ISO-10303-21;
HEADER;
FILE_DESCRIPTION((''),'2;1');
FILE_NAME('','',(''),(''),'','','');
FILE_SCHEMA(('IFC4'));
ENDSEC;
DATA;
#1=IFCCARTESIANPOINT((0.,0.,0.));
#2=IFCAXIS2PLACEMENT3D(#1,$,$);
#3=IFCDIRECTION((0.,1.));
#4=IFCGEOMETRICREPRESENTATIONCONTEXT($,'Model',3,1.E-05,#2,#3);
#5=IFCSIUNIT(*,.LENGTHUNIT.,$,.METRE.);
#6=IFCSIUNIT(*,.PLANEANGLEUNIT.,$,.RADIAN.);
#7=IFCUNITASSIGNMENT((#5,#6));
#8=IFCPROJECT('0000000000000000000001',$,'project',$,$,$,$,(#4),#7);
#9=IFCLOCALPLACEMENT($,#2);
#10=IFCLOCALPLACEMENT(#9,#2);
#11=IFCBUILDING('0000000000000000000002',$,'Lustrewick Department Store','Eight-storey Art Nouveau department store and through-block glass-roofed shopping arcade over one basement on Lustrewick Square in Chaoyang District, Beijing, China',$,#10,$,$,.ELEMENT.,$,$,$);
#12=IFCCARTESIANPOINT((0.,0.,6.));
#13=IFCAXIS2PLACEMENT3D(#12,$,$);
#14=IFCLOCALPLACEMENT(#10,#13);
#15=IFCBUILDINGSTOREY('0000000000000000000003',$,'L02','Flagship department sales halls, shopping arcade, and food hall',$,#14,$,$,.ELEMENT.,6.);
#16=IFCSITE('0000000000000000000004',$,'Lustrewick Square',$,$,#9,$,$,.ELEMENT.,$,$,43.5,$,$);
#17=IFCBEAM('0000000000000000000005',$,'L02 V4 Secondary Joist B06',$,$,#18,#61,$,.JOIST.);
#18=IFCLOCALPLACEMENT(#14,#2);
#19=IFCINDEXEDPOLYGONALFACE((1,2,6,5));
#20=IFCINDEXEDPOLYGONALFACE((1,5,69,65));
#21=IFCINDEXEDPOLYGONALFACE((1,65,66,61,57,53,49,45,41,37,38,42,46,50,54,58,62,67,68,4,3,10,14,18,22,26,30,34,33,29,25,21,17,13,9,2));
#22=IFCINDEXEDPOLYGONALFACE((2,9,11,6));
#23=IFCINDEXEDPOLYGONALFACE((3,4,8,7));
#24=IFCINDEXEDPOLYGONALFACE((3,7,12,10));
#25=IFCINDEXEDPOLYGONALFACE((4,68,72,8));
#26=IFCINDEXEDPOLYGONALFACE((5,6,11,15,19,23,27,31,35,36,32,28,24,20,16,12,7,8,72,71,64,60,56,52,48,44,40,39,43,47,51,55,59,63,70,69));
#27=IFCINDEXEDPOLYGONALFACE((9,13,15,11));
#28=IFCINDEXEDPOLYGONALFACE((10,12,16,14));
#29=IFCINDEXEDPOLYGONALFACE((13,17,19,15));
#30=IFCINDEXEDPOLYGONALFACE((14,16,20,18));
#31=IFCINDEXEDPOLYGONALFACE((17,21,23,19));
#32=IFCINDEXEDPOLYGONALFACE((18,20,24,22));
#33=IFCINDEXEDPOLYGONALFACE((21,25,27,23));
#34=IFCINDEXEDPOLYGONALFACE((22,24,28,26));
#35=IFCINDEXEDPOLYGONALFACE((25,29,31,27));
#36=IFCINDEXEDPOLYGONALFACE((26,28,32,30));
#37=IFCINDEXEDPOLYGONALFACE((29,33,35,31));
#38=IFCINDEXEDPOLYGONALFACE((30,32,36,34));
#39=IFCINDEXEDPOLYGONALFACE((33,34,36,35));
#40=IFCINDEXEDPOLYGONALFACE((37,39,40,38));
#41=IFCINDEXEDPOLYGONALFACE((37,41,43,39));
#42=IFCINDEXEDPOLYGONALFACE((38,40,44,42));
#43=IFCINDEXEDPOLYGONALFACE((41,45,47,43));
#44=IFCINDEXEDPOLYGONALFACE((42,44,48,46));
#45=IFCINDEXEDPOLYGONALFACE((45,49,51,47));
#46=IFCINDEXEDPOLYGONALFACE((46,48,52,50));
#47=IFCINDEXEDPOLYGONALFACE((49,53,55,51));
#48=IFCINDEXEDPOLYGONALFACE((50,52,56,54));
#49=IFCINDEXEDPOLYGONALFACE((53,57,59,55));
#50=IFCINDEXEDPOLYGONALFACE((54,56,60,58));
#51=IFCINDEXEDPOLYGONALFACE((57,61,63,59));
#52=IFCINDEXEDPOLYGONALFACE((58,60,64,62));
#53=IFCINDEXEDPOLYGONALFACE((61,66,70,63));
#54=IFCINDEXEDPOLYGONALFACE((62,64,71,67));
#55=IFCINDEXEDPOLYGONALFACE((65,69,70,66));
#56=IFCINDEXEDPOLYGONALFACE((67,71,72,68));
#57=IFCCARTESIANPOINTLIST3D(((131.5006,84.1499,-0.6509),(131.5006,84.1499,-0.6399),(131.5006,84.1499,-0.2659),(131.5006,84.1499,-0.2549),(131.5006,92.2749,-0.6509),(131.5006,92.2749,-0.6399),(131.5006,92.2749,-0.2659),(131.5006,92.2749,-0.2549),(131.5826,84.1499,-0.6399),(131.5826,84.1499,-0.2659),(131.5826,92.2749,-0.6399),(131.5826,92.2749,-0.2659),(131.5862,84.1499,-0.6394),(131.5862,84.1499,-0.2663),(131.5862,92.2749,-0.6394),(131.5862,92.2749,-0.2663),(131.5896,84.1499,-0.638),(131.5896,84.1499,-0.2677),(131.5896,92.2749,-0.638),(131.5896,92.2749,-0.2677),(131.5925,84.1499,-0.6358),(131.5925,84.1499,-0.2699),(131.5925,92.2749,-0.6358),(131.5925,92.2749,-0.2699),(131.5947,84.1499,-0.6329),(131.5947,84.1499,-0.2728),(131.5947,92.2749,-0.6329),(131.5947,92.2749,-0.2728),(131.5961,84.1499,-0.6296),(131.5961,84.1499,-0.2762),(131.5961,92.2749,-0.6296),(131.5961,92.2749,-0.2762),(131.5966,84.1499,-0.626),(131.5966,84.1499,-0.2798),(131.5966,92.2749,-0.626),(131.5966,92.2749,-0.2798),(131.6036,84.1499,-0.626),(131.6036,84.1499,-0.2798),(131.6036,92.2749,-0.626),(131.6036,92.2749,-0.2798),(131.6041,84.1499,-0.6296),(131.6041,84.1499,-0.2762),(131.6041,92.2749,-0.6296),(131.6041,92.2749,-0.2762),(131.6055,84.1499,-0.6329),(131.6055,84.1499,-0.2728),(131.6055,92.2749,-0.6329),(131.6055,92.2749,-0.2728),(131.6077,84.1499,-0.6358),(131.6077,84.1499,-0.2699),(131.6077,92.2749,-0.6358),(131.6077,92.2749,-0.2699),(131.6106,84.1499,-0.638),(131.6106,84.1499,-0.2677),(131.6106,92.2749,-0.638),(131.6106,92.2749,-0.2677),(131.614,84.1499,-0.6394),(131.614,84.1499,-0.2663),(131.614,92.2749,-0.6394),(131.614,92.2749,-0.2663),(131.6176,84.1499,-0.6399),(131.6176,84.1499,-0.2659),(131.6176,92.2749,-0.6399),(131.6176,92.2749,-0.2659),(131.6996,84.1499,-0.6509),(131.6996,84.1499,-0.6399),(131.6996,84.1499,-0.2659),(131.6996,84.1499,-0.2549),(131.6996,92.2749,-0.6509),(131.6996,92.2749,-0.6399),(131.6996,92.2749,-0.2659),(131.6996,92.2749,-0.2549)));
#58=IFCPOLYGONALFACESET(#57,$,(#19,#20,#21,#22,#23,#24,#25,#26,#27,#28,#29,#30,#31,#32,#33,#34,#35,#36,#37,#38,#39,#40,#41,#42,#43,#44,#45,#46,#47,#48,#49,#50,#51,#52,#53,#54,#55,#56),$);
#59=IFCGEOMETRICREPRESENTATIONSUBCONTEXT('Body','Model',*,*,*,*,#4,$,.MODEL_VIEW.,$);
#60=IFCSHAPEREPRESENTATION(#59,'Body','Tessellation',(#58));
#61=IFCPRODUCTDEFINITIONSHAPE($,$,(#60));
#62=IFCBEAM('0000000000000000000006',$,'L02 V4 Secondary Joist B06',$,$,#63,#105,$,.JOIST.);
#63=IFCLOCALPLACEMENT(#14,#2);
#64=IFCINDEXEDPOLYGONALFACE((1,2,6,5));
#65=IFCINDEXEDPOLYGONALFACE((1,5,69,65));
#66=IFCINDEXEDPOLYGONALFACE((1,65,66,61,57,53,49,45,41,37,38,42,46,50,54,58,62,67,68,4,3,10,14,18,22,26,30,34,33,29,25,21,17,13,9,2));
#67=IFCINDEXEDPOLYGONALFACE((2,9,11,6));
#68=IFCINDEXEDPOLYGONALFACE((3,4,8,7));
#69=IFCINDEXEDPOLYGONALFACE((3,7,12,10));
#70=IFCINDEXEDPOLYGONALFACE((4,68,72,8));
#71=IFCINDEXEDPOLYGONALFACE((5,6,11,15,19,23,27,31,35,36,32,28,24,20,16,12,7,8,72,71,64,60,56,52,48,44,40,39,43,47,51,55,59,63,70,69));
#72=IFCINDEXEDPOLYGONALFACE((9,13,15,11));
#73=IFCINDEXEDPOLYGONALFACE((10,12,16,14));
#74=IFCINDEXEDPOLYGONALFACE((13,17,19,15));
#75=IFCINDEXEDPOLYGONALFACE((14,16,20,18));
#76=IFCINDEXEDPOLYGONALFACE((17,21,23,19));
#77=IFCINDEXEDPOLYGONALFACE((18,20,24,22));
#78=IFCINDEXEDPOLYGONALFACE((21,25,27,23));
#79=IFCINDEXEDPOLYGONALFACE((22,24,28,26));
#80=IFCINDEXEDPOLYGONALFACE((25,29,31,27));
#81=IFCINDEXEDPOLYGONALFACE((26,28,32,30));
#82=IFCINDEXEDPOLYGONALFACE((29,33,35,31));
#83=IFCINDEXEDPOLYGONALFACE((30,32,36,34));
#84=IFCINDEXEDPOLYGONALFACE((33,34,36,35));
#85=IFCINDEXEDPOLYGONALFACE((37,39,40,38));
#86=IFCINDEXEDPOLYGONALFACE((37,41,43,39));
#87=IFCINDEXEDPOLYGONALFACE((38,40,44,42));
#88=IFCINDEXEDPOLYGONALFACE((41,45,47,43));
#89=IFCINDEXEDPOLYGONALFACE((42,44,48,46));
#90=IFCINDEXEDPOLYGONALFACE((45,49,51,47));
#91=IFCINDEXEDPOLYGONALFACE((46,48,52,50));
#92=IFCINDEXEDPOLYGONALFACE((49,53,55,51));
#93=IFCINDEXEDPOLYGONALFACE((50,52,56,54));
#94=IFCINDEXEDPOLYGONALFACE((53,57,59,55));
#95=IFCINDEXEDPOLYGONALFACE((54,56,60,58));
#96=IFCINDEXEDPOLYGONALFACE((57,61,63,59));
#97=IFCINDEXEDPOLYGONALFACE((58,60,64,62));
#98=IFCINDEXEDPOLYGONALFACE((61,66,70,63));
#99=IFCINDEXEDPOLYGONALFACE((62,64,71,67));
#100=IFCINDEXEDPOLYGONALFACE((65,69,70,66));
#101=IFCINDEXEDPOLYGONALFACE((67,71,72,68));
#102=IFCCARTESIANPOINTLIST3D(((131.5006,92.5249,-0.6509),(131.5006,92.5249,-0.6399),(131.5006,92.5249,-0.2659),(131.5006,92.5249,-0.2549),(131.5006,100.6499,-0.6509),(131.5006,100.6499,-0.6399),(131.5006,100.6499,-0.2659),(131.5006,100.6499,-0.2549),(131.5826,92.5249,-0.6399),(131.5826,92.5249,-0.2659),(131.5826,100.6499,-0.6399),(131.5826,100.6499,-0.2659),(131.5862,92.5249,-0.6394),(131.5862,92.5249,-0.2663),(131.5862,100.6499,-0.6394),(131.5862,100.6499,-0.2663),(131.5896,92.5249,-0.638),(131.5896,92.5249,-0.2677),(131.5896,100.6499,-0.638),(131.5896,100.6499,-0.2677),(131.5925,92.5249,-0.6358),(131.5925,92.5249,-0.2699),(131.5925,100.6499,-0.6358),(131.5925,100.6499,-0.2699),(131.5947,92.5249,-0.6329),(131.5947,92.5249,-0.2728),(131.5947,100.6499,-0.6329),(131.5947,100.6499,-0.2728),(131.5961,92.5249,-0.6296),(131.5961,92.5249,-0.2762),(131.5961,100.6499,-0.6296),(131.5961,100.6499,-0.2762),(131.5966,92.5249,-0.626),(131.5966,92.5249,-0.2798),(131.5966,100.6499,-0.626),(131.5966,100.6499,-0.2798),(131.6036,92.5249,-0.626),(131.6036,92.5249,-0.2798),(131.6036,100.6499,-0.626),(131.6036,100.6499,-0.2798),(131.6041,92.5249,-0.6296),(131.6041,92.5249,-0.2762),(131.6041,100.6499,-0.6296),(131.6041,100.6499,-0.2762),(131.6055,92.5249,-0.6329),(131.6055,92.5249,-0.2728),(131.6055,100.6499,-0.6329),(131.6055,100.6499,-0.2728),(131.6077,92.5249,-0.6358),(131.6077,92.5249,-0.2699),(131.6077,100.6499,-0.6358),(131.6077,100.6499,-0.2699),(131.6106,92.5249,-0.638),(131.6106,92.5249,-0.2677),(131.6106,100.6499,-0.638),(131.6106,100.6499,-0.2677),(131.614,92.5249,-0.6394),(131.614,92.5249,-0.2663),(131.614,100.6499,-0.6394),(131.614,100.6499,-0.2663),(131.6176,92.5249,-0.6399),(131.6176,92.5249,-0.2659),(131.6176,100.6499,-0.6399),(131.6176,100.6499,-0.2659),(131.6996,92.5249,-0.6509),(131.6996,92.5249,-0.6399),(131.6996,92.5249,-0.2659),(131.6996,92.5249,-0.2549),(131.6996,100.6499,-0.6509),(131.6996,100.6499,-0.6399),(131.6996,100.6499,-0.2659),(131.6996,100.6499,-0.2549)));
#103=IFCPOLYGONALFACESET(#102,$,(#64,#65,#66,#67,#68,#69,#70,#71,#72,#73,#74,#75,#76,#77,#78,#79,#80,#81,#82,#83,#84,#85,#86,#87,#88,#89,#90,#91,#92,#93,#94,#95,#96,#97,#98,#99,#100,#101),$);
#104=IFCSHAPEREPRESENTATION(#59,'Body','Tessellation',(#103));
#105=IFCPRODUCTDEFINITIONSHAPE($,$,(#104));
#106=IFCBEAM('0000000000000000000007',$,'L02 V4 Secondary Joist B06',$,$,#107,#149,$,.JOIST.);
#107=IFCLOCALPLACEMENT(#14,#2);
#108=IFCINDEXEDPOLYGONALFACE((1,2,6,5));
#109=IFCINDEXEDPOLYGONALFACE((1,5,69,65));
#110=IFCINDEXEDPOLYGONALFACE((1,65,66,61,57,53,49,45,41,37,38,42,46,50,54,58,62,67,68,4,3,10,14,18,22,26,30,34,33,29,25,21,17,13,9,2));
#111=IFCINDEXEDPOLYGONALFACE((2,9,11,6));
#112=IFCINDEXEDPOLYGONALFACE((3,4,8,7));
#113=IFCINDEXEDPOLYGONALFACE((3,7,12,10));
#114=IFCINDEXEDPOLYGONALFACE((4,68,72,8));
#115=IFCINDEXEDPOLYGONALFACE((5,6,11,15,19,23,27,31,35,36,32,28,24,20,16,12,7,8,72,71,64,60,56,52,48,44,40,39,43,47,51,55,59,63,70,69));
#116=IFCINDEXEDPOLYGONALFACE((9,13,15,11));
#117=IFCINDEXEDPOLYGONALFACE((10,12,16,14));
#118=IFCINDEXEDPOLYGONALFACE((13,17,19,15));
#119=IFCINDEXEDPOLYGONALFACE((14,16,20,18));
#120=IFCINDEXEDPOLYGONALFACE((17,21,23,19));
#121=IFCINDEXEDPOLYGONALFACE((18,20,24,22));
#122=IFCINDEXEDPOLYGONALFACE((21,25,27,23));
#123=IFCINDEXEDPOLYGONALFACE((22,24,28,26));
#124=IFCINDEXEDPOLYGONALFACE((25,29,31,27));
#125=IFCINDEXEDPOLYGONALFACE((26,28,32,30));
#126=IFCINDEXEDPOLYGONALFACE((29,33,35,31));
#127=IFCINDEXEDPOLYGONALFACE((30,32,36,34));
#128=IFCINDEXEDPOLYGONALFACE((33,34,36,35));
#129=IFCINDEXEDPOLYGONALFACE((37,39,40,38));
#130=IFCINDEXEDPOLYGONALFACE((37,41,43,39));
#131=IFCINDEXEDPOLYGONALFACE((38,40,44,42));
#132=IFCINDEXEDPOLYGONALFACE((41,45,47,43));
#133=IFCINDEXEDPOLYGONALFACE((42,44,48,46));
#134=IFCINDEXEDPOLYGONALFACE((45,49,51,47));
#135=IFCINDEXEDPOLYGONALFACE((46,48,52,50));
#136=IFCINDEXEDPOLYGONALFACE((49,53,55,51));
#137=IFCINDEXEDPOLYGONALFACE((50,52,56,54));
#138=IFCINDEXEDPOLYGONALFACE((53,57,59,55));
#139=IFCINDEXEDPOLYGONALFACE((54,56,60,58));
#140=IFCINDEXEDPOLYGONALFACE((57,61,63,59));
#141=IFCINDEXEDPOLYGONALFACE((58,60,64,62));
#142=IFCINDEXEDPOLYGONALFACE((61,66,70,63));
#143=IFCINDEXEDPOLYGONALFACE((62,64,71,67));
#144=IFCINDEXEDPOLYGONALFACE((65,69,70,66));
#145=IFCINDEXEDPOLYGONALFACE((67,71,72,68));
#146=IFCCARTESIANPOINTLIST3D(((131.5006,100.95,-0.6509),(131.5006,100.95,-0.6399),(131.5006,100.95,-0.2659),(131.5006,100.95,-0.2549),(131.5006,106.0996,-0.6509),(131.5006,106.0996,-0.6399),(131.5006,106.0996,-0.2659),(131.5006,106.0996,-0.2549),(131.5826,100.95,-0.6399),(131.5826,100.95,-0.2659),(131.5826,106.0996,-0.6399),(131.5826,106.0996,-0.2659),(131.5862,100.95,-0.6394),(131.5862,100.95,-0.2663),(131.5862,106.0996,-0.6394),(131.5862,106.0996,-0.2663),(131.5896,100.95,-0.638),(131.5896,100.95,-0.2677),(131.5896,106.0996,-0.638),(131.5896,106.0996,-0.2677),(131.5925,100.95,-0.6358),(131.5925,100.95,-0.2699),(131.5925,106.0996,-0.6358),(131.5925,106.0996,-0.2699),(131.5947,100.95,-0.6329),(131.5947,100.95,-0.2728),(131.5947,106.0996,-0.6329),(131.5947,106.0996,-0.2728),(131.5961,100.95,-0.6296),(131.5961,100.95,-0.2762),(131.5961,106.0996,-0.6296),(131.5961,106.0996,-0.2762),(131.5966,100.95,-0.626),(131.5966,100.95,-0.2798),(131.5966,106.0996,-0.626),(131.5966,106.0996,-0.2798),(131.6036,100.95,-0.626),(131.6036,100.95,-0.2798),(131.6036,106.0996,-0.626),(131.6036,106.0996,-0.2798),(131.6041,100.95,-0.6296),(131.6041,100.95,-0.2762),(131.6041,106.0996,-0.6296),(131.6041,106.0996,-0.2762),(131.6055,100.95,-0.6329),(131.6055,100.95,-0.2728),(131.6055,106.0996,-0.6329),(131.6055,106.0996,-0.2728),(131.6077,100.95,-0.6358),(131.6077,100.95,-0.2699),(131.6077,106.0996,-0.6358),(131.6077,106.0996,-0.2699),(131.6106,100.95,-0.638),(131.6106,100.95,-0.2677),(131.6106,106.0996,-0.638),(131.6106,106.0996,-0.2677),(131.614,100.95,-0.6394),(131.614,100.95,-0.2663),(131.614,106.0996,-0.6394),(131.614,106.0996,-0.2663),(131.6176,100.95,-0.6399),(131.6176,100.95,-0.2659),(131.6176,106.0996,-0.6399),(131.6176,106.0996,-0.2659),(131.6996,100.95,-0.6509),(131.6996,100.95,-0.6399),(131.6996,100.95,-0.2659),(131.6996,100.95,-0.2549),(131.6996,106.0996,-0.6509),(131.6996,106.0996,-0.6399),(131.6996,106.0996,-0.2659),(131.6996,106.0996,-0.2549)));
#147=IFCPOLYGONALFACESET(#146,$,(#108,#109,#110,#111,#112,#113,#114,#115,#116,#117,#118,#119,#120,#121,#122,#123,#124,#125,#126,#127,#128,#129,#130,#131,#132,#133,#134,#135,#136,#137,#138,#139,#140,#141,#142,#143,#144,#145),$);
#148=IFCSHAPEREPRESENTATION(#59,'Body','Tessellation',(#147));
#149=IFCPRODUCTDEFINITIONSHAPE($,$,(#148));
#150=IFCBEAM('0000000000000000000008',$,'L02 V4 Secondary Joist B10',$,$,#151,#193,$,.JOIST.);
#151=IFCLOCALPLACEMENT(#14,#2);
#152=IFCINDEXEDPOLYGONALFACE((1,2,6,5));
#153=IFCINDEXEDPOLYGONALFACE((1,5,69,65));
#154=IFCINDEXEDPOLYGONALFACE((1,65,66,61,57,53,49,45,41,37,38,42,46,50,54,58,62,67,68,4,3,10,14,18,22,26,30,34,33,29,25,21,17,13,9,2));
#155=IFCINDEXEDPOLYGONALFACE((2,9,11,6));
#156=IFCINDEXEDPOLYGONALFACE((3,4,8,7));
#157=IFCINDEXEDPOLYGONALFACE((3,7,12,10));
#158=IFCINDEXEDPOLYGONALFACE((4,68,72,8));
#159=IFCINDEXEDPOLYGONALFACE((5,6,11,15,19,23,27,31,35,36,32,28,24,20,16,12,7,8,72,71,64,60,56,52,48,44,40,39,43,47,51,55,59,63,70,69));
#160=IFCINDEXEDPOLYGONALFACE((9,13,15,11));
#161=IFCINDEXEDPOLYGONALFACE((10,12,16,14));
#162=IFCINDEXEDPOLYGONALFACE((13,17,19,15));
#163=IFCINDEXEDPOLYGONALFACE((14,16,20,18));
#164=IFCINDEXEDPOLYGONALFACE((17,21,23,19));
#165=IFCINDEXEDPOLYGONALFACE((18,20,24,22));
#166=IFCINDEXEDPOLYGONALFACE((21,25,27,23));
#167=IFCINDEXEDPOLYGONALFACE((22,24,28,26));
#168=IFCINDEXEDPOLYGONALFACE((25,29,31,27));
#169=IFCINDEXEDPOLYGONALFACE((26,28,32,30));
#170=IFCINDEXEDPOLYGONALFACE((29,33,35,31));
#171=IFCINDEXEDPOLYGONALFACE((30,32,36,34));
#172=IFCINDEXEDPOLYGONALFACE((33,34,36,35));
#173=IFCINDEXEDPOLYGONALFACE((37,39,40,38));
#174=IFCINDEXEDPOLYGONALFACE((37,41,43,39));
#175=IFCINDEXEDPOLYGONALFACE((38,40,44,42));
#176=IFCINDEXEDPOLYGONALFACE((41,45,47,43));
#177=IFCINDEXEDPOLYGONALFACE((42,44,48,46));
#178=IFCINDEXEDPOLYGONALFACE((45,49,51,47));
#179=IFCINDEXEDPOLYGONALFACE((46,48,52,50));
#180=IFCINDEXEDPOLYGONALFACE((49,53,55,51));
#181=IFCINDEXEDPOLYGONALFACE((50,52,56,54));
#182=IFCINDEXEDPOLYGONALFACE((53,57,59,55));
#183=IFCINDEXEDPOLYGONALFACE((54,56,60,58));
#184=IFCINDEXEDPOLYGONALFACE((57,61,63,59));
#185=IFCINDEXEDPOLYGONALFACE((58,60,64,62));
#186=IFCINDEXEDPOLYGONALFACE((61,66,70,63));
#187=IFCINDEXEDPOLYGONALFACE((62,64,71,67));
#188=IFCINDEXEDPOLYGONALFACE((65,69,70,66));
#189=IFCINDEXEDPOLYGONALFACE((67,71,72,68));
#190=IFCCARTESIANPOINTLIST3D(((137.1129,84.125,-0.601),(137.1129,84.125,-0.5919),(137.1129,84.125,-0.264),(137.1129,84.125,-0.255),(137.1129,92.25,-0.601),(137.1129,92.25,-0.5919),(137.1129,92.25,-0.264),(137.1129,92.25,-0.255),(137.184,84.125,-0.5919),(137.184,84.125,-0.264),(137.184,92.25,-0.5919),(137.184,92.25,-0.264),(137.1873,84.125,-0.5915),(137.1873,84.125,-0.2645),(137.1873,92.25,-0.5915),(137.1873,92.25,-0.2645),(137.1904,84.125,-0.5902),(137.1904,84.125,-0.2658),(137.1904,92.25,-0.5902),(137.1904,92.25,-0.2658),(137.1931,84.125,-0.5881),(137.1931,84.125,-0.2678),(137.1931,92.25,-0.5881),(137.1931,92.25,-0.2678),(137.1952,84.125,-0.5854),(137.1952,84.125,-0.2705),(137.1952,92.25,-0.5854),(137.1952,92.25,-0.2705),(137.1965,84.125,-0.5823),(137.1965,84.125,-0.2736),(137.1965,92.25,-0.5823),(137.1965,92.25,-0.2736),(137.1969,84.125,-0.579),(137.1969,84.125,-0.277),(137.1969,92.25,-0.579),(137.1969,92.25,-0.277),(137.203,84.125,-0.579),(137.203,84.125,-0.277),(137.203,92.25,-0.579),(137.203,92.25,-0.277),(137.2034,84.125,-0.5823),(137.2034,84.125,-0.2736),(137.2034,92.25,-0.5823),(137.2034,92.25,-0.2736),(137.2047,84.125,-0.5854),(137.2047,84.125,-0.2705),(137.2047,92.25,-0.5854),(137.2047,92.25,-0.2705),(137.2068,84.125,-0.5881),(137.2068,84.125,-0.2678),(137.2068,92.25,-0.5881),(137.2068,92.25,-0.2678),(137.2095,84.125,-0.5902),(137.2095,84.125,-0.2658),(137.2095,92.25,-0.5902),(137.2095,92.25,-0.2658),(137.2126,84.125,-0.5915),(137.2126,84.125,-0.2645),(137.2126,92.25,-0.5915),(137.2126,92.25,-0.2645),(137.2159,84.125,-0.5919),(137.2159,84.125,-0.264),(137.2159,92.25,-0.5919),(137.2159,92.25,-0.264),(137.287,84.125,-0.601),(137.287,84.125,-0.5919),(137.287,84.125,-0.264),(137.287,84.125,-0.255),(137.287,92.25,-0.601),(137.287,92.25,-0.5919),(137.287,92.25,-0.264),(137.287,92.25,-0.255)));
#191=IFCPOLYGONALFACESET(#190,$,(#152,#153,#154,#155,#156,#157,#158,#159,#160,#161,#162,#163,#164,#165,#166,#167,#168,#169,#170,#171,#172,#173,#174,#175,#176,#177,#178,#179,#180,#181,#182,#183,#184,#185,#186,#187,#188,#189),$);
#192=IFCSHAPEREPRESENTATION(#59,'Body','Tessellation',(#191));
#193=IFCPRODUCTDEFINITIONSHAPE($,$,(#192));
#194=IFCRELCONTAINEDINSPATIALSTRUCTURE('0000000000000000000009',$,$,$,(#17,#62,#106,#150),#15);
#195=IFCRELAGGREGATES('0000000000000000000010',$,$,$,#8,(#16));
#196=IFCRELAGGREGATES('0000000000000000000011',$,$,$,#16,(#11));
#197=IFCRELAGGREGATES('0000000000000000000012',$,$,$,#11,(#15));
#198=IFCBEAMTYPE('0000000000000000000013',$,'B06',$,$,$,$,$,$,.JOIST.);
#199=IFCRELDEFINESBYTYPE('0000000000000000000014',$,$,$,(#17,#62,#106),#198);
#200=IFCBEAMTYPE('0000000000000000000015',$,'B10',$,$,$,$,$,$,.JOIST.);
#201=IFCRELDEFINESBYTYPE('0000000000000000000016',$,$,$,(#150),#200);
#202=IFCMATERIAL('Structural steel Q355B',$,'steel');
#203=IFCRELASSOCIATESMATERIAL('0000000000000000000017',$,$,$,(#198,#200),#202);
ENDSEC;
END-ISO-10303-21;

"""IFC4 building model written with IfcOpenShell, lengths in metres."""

from ifc_helpers import new_model, si_unit, direction, frame, origin, origin_2d, place, context, subcontext, project, spatial, i_section, extrude, material, material_profile, profile_set, type_object, element, save


model = new_model("IFC4")

# Units and contexts
model_context = context("Model", 3, precision=1e-05, world=origin(), true_north=direction((0.0, 1.0)))
body_context = subcontext(model_context, "Body", "Model", "MODEL_VIEW")
ifc_project = project(units=[si_unit("LENGTHUNIT", "METRE"), si_unit("PLANEANGLEUNIT", "RADIAN")], contexts=[model_context])

# Site, building, storey
site_placement = place(None, origin())
site = spatial("IfcSite", under=ifc_project, at=site_placement, Name="Lustrewick Square", CompositionType="ELEMENT", RefElevation=43.5)
building_placement = place(site_placement, origin())
building = spatial("IfcBuilding", under=site, at=building_placement, Name="Lustrewick Department Store", Description="Eight-storey Art Nouveau department store and through-block glass-roofed shopping arcade over one basement on Lustrewick Square in Chaoyang District, Beijing, China", CompositionType="ELEMENT")
storey_placement = place(building_placement, frame((0.0, 0.0, 6.0)))
storey = spatial("IfcBuildingStorey", under=building, at=storey_placement, Name="L02", Description="Flagship department sales halls, shopping arcade, and food hall", CompositionType="ELEMENT", Elevation=6.0)

# Shared definitions
ifc_material_1 = material(Name="Structural steel Q355B", Category="steel")

# Beams
ifc_material_profile_1 = material_profile(ifc_material_1, i_section(OverallWidth=0.199, OverallDepth=0.396, WebThickness=0.0071, FlangeThickness=0.011, FilletRadius=0.0139, at=origin_2d()), Name="HN 396x199x7x11")
ifc_profile_set_1 = profile_set([ifc_material_profile_1], Name="Structural steel Q355B")
beam_type_1 = type_object("IfcBeamType", Name="B06", PredefinedType="JOIST", material=ifc_profile_set_1)
for number, where, z_axis, x_axis, name in (
    (1, (131.6001, 84.1499, -0.4529), (0.0, 1.0, 0.0), (-1.0, 0.0, 0.0), "L02 V4 Secondary Joist B06"),
    (2, (131.6001, 92.5249, -0.4529), (0.0, 1.0, 0.0), (-1.0, 0.0, 0.0), "L02 V4 Secondary Joist B06"),
):
    element("IfcBeam", number, at=place(storey_placement, frame(where, z_axis=z_axis, x_axis=x_axis)), inside=storey, type_object=beam_type_1, Name=name, PredefinedType="JOIST", context=body_context, shape_type="SweptSolid", body=[
        extrude(i_section(OverallWidth=0.199, OverallDepth=0.396, WebThickness=0.0071, FlangeThickness=0.011, FilletRadius=0.0139, at=origin_2d()), origin(), (0.0, 0.0, 1.0), 8.125),
    ])
beam_1_placement = place(storey_placement, frame((131.6001, 100.95, -0.4529), z_axis=(0.0, 1.0, 0.0), x_axis=(-1.0, 0.0, 0.0)))
element("IfcBeam", 3, at=beam_1_placement, inside=storey, type_object=beam_type_1, Name="L02 V4 Secondary Joist B06", PredefinedType="JOIST", context=body_context, shape_type="SweptSolid", body=[
    extrude(i_section(OverallWidth=0.199, OverallDepth=0.396, WebThickness=0.0071, FlangeThickness=0.011, FilletRadius=0.0139, at=origin_2d()), origin(), (0.0, 0.0, 1.0), 5.1497),
])
ifc_material_profile_2 = material_profile(ifc_material_1, i_section(OverallWidth=0.1741, OverallDepth=0.3459, WebThickness=0.0061, FlangeThickness=0.009, FilletRadius=0.0129, at=origin_2d()), Name="HN 346x174x6x9")
ifc_profile_set_2 = profile_set([ifc_material_profile_2], Name="Structural steel Q355B")
beam_type_2 = type_object("IfcBeamType", Name="B10", PredefinedType="JOIST", material=ifc_profile_set_2)
for number, where, z_axis, x_axis, name in (
    (4, (137.2, 84.125, -0.428), (0.0, 1.0, 0.0), (-1.0, 0.0, 0.0), "L02 V4 Secondary Joist B10"),
):
    element("IfcBeam", number, at=place(storey_placement, frame(where, z_axis=z_axis, x_axis=x_axis)), inside=storey, type_object=beam_type_2, Name=name, PredefinedType="JOIST", context=body_context, shape_type="SweptSolid", body=[
        extrude(i_section(OverallWidth=0.1741, OverallDepth=0.3459, WebThickness=0.0061, FlangeThickness=0.009, FilletRadius=0.0129, at=origin_2d()), origin(), (0.0, 0.0, 1.0), 8.125),
    ])

save(model, "model.ifc")
